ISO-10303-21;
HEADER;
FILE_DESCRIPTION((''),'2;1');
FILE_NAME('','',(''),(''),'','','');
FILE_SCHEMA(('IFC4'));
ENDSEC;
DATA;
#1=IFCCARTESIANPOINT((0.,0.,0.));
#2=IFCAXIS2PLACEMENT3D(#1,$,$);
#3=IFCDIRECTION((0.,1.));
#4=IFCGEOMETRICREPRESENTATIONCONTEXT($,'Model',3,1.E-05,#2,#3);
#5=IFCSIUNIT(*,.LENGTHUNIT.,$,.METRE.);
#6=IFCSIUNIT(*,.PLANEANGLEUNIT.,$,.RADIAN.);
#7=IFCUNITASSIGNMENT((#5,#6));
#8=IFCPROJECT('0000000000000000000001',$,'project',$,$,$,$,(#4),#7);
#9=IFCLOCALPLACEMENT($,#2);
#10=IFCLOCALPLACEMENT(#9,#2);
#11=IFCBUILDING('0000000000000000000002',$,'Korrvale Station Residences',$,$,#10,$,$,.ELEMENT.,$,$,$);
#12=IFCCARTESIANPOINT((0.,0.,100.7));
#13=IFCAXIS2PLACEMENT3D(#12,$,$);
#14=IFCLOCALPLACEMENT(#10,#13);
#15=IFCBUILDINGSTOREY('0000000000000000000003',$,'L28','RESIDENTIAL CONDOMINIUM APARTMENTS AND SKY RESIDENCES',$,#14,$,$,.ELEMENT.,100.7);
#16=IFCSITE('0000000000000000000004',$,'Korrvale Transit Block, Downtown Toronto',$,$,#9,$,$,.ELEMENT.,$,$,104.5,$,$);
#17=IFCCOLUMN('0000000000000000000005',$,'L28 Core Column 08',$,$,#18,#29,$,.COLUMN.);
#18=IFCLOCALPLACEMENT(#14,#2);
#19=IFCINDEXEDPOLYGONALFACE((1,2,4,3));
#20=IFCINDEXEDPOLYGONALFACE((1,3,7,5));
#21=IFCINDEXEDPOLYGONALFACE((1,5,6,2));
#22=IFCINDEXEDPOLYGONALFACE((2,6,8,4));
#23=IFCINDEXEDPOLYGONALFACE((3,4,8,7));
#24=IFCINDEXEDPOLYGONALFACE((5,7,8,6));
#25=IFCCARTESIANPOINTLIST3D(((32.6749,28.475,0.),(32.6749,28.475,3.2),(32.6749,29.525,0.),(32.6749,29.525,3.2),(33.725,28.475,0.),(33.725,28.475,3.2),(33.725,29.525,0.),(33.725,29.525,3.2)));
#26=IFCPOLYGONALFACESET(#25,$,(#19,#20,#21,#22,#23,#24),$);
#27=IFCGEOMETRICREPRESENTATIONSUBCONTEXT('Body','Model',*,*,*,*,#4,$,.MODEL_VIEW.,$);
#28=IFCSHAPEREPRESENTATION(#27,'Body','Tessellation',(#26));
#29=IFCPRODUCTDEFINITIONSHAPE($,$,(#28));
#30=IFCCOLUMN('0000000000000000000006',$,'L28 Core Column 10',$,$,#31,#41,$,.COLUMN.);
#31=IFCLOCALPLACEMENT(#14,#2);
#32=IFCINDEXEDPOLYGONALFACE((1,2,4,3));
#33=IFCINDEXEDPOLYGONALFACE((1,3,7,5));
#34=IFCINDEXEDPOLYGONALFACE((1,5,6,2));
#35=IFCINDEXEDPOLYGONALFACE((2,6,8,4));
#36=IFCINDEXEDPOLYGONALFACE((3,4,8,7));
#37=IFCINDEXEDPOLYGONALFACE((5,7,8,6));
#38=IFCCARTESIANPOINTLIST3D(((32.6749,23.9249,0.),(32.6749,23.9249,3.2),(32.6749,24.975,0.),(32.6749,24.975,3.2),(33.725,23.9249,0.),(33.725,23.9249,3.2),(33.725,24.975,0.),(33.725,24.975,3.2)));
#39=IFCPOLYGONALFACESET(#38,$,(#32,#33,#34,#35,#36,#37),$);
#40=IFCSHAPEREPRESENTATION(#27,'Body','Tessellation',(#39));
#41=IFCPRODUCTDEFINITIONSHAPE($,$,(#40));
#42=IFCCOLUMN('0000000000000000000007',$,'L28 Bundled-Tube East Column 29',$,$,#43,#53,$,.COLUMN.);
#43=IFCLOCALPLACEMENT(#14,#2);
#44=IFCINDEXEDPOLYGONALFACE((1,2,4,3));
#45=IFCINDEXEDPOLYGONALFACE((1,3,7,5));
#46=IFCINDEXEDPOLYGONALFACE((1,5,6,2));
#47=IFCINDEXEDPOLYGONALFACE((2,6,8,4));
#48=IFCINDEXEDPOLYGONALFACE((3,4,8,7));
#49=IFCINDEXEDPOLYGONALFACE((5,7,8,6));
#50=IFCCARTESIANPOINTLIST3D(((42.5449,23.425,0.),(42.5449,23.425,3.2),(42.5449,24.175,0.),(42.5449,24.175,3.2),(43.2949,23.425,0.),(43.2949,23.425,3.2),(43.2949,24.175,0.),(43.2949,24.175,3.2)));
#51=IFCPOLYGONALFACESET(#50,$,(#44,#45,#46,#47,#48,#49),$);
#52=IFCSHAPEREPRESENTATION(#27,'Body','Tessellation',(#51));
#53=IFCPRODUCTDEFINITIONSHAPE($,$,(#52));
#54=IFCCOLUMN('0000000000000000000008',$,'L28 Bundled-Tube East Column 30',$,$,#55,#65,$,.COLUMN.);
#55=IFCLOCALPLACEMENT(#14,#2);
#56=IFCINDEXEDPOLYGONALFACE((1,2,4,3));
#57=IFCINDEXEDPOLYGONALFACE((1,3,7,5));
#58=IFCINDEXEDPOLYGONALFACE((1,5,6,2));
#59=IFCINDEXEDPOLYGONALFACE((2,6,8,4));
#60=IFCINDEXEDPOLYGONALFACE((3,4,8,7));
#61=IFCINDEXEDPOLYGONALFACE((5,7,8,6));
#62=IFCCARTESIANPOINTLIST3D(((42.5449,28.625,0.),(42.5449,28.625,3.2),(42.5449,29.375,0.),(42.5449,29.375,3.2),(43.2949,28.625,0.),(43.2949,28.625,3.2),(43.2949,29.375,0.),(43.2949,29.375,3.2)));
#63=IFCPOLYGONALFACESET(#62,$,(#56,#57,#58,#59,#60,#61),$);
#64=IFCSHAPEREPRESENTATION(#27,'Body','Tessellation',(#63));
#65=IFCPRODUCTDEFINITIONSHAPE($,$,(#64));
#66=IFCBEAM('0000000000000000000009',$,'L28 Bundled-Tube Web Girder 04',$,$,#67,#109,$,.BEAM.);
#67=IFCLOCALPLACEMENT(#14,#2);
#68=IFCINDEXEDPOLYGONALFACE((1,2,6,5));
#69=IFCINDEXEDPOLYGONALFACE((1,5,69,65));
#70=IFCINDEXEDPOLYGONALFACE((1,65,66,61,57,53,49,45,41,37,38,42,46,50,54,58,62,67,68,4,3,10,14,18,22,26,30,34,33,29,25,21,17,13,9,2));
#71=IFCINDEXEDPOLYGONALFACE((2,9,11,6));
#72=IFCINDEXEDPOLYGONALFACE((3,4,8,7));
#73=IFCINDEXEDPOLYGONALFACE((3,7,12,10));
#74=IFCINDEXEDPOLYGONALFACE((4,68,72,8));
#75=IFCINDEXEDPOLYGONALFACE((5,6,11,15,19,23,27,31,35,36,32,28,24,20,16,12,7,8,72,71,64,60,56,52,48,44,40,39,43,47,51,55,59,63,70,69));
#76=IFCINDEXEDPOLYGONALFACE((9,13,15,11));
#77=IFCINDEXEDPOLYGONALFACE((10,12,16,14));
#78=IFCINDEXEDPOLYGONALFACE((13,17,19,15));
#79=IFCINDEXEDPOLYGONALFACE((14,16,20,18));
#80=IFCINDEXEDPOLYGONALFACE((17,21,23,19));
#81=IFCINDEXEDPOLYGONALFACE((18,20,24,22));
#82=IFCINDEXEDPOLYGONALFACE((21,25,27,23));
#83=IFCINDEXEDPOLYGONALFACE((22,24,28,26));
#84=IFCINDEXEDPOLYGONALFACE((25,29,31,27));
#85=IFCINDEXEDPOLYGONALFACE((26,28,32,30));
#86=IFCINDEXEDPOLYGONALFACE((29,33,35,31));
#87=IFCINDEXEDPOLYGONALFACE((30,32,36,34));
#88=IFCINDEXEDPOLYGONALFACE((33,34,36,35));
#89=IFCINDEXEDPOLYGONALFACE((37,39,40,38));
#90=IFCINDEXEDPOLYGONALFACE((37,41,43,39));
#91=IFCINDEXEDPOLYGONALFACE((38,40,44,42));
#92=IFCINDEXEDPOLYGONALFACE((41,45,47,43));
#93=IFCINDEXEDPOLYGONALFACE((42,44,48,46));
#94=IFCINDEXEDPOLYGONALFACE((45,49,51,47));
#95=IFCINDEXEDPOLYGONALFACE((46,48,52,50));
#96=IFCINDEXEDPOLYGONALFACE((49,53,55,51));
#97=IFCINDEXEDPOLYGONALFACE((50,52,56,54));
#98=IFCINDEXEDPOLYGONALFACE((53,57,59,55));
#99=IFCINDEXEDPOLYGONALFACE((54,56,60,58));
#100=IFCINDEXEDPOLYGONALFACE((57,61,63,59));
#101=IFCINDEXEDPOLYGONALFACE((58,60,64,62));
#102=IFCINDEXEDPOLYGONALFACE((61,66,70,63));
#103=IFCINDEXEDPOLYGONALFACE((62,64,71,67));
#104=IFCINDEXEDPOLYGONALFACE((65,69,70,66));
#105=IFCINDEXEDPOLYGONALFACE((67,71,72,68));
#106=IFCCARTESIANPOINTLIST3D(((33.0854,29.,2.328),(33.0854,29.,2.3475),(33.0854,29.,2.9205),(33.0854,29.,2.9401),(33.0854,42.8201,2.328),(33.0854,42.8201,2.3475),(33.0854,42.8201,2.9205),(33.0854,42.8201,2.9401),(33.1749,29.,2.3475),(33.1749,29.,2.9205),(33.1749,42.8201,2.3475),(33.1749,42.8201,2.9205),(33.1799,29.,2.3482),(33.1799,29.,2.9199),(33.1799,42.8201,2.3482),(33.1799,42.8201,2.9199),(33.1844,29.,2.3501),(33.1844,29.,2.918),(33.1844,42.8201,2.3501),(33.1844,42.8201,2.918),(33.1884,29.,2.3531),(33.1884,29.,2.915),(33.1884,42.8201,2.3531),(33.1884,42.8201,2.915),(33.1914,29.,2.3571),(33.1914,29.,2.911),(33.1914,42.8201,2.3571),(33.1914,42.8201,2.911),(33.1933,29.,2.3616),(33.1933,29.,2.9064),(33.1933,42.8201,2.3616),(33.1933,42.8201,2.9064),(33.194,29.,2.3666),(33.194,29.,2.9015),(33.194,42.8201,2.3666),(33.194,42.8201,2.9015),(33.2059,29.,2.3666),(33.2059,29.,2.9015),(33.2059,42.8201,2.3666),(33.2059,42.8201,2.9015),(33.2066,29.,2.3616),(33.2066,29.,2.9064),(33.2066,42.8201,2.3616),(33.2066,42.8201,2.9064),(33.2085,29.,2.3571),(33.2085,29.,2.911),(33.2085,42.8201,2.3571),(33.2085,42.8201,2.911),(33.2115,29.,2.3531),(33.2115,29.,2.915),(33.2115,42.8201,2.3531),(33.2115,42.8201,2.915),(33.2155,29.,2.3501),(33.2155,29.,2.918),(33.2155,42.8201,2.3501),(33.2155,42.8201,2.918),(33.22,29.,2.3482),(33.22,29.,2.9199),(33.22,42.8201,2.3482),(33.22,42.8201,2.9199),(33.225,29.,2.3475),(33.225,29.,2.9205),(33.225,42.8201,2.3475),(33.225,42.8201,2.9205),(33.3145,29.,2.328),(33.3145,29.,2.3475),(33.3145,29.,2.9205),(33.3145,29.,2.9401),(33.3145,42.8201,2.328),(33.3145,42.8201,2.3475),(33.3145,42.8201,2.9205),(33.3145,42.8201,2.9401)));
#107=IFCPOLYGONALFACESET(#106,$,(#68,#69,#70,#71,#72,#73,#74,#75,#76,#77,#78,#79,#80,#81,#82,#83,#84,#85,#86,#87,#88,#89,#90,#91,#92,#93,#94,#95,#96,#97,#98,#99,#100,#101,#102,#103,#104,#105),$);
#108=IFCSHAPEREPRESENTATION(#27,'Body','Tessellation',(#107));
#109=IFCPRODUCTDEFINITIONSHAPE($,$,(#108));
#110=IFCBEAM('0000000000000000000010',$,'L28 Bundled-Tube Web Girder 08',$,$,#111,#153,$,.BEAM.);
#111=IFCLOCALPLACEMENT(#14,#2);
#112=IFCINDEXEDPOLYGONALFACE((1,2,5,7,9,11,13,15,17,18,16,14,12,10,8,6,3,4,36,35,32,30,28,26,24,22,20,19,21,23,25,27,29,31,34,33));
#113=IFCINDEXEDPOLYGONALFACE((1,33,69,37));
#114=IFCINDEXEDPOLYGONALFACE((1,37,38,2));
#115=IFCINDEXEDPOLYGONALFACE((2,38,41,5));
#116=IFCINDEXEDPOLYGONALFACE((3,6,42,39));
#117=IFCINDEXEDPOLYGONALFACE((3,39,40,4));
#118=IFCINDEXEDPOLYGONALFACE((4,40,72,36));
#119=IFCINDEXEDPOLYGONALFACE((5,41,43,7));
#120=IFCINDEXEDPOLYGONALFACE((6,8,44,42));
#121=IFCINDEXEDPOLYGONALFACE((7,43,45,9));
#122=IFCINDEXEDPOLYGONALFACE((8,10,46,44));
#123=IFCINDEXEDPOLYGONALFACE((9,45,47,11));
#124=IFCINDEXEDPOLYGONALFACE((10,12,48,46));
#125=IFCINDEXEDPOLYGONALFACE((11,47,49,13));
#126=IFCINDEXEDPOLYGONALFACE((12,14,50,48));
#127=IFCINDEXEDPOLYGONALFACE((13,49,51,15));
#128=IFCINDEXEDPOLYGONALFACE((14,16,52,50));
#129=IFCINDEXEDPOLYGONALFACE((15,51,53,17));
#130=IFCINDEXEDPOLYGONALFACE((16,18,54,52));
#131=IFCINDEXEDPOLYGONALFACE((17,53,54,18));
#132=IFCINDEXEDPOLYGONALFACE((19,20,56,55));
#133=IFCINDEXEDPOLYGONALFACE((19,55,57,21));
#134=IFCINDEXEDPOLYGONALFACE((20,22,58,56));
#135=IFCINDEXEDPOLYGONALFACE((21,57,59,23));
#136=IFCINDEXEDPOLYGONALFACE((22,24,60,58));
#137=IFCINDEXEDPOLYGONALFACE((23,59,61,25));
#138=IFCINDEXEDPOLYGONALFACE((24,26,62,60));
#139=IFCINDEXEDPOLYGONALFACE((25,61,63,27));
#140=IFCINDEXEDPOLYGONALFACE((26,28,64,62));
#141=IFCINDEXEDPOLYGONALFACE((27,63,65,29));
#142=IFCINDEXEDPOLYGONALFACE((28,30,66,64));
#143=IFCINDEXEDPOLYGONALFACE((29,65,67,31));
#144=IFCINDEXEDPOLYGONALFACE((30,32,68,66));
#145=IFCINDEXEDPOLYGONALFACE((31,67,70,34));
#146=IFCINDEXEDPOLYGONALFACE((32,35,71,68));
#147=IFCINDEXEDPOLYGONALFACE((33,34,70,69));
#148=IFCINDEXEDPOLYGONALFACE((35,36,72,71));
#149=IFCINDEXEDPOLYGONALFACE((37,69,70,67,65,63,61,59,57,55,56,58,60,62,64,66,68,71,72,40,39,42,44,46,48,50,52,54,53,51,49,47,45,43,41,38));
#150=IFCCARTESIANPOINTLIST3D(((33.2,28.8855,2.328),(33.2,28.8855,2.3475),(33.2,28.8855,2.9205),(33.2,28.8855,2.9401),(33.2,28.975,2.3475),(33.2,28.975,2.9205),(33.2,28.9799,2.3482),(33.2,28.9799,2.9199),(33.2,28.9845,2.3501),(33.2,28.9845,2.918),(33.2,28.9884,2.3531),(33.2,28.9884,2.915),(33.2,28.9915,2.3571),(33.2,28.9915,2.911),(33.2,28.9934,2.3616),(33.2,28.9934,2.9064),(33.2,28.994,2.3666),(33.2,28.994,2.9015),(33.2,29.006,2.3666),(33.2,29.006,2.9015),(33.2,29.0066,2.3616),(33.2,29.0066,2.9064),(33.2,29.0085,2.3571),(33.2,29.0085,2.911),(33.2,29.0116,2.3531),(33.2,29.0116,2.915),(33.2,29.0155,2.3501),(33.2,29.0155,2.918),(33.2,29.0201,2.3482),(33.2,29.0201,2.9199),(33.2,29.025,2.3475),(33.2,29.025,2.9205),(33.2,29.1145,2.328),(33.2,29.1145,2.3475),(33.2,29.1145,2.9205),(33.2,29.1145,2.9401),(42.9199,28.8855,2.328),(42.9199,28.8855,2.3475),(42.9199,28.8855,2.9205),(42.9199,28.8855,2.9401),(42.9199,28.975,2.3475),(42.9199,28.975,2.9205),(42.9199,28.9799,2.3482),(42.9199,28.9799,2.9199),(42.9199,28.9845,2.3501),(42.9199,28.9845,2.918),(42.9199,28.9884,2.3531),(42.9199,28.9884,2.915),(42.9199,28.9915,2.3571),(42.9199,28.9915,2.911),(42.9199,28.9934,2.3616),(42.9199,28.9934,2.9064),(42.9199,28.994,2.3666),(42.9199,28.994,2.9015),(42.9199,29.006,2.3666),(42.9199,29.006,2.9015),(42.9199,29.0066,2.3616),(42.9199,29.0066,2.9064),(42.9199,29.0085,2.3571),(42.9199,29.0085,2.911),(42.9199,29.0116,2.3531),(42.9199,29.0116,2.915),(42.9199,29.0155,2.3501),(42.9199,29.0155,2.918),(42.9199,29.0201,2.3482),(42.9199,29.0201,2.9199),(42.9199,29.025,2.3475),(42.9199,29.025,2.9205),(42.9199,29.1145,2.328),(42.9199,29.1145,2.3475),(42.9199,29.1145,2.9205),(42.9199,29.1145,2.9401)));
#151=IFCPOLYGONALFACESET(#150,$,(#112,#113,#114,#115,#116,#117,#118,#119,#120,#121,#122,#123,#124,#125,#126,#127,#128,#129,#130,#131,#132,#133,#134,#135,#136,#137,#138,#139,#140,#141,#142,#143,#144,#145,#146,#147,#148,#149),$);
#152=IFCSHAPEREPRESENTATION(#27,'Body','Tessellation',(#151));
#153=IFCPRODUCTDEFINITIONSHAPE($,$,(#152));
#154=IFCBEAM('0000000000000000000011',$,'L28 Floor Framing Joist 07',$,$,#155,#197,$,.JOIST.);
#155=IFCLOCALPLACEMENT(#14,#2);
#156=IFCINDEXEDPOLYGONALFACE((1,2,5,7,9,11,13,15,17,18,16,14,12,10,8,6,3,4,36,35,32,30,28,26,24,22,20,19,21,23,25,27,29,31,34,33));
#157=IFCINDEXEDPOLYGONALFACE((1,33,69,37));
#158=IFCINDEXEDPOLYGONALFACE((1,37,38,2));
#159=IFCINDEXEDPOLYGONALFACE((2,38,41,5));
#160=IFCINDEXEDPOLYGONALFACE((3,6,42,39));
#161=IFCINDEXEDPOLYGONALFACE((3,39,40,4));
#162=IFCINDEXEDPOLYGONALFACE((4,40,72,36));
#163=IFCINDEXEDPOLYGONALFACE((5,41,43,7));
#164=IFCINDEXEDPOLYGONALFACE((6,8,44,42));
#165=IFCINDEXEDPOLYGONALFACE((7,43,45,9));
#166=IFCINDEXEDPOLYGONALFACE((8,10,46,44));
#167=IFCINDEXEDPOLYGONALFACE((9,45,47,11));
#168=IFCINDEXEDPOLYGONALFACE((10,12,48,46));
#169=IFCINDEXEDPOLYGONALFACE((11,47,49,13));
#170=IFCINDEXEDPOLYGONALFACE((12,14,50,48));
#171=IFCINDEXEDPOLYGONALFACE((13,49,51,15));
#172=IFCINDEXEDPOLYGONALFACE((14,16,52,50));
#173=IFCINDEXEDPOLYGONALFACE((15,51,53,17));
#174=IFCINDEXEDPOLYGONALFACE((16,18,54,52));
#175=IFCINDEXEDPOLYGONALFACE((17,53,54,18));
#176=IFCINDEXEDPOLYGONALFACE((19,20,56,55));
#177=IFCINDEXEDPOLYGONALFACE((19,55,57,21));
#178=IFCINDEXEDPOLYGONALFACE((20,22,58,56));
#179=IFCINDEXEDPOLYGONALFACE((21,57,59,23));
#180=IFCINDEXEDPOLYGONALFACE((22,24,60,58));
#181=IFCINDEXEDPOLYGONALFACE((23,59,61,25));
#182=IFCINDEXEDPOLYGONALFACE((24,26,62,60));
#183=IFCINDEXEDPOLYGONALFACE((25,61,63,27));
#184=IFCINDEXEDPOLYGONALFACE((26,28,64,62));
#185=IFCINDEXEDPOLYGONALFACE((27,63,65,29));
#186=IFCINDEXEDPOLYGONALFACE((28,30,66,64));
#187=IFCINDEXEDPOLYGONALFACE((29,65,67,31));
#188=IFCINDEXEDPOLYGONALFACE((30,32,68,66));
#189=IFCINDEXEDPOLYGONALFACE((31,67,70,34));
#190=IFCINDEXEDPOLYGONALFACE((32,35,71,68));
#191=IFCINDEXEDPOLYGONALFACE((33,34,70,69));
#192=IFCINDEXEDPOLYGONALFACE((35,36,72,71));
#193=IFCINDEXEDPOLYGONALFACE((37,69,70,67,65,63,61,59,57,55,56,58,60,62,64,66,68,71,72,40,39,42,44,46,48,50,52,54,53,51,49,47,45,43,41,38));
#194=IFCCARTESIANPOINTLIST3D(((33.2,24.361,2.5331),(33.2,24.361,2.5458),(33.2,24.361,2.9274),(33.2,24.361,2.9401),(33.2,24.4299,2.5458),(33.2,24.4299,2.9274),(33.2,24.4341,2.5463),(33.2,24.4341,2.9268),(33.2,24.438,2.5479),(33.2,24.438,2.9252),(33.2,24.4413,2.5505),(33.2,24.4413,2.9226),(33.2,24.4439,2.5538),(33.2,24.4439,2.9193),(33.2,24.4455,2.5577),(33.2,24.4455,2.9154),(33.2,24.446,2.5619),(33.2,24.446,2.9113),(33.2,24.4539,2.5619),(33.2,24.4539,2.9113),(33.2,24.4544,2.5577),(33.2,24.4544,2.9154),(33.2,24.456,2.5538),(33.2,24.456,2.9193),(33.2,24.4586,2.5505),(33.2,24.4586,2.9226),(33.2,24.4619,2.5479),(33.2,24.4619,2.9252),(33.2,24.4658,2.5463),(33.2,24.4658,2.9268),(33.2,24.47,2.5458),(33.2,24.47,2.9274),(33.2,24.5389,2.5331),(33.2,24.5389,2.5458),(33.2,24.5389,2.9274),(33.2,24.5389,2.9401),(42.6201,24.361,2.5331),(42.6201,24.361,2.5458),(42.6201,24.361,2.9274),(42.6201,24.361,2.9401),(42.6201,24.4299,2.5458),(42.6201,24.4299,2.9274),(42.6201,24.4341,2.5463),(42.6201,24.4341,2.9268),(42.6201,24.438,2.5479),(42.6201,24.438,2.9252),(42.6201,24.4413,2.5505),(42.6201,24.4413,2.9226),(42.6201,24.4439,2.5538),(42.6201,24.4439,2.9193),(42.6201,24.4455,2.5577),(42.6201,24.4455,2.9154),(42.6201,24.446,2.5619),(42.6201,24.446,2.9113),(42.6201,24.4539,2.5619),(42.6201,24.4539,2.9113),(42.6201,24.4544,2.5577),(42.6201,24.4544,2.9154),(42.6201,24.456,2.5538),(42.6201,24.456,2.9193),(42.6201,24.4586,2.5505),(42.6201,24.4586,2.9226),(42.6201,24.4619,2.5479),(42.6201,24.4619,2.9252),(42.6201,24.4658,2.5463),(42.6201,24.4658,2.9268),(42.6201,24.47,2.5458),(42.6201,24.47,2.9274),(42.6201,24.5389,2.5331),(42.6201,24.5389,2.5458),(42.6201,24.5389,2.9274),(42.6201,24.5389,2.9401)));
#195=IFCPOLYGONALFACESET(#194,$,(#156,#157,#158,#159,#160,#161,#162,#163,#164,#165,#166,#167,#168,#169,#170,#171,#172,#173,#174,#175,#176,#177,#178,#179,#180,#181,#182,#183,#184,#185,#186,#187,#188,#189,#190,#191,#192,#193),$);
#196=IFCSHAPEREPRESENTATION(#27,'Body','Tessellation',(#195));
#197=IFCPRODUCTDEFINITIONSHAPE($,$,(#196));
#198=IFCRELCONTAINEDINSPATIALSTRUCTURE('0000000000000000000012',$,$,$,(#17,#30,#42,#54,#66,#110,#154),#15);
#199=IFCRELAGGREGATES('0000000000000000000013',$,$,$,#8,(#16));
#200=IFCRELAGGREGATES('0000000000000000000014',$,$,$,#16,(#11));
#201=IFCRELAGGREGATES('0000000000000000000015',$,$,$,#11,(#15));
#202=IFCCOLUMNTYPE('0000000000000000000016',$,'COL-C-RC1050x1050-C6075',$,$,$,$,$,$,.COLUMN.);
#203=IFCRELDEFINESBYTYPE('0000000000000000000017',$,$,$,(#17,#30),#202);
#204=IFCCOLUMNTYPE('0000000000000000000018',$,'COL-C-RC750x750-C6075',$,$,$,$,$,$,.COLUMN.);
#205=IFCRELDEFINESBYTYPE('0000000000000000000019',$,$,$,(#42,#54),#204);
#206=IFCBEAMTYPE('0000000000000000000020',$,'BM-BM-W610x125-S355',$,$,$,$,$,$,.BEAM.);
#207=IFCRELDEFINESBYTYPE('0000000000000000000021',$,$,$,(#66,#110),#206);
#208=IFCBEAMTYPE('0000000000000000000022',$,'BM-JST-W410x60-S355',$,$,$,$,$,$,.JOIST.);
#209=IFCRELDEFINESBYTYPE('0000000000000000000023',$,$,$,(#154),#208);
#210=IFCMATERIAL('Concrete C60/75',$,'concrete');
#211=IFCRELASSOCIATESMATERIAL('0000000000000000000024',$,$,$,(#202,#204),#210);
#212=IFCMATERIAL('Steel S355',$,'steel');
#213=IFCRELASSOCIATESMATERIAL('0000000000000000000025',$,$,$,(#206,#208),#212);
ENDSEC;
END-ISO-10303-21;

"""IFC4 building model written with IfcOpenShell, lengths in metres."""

from ifc_helpers import new_model, si_unit, direction, frame, origin, origin_2d, place, context, subcontext, project, spatial, rectangle, i_section, extrude, material, material_profile, profile_set, type_object, element, save


model = new_model("IFC4")

# Units and contexts
model_context = context("Model", 3, precision=1e-05, world=origin(), true_north=direction((0.0, 1.0)))
body_context = subcontext(model_context, "Body", "Model", "MODEL_VIEW")
ifc_project = project(units=[si_unit("LENGTHUNIT", "METRE"), si_unit("PLANEANGLEUNIT", "RADIAN")], contexts=[model_context])

# Site, building, storey
site_placement = place(None, origin())
site = spatial("IfcSite", under=ifc_project, at=site_placement, Name="Korrvale Transit Block, Downtown Toronto", CompositionType="ELEMENT", RefElevation=104.5)
building_placement = place(site_placement, origin())
building = spatial("IfcBuilding", under=site, at=building_placement, Name="Korrvale Station Residences", CompositionType="ELEMENT")
storey_placement = place(building_placement, frame((0.0, 0.0, 100.7)))
storey = spatial("IfcBuildingStorey", under=building, at=storey_placement, Name="L28", Description="RESIDENTIAL CONDOMINIUM APARTMENTS AND SKY RESIDENCES", CompositionType="ELEMENT", Elevation=100.7)

# Columns
ifc_material_1 = material(Name="Concrete C60/75", Category="concrete")
ifc_material_profile_1 = material_profile(ifc_material_1, rectangle(XDim=1.05, YDim=1.05, at=origin_2d()), Name="RC1050x1050")
ifc_profile_set_1 = profile_set([ifc_material_profile_1], Name="Concrete C60/75")
column_type_1 = type_object("IfcColumnType", Name="COL-C-RC1050x1050-C6075", PredefinedType="COLUMN", material=ifc_profile_set_1)
for number, where, z_axis, x_axis, name in (
    (1, (33.2, 29.0, 0.0), (0.0, 0.0, 1.0), (1.0, 0.0, 0.0), "L28 Core Column 08"),
    (2, (33.2, 24.45, 0.0), (0.0, 0.0, 1.0), (1.0, 0.0, 0.0), "L28 Core Column 10"),
):
    element("IfcColumn", number, at=place(storey_placement, frame(where, z_axis=z_axis, x_axis=x_axis)), inside=storey, type_object=column_type_1, Name=name, PredefinedType="COLUMN", context=body_context, shape_type="SweptSolid", body=[
        extrude(rectangle(XDim=1.05, YDim=1.05, at=origin_2d()), origin(), (0.0, 0.0, 1.0), 3.2),
    ])
ifc_material_profile_2 = material_profile(ifc_material_1, rectangle(XDim=0.75, YDim=0.75, at=origin_2d()), Name="RC750x750")
ifc_profile_set_2 = profile_set([ifc_material_profile_2], Name="Concrete C60/75")
column_type_2 = type_object("IfcColumnType", Name="COL-C-RC750x750-C6075", PredefinedType="COLUMN", material=ifc_profile_set_2)
for number, where, z_axis, x_axis, name in (
    (3, (42.9199, 23.8, 0.0), (0.0, 0.0, 1.0), (1.0, 0.0, 0.0), "L28 Bundled-Tube East Column 29"),
    (4, (42.9199, 29.0, 0.0), (0.0, 0.0, 1.0), (1.0, 0.0, 0.0), "L28 Bundled-Tube East Column 30"),
):
    element("IfcColumn", number, at=place(storey_placement, frame(where, z_axis=z_axis, x_axis=x_axis)), inside=storey, type_object=column_type_2, Name=name, PredefinedType="COLUMN", context=body_context, shape_type="SweptSolid", body=[
        extrude(rectangle(XDim=0.75, YDim=0.75, at=origin_2d()), origin(), (0.0, 0.0, 1.0), 3.2),
    ])

# Beams
ifc_material_2 = material(Name="Steel S355", Category="steel")
ifc_material_profile_3 = material_profile(ifc_material_2, i_section(OverallWidth=0.229, OverallDepth=0.6121, WebThickness=0.012, FlangeThickness=0.0195, FilletRadius=0.019, at=origin_2d()), Name="W610x125")
ifc_profile_set_3 = profile_set([ifc_material_profile_3], Name="Steel S355")
beam_type_1 = type_object("IfcBeamType", Name="BM-BM-W610x125-S355", PredefinedType="BEAM", material=ifc_profile_set_3)
beam_1_placement = place(storey_placement, frame((33.2, 29.0, 2.634), z_axis=(0.0, 1.0, 0.0), x_axis=(-1.0, 0.0, 0.0)))
element("IfcBeam", 5, at=beam_1_placement, inside=storey, type_object=beam_type_1, Name="L28 Bundled-Tube Web Girder 04", PredefinedType="BEAM", context=body_context, shape_type="SweptSolid", body=[
    extrude(i_section(OverallWidth=0.229, OverallDepth=0.6121, WebThickness=0.012, FlangeThickness=0.0195, FilletRadius=0.019, at=origin_2d()), origin(), (0.0, 0.0, 1.0), 13.8201),
])
beam_2_placement = place(storey_placement, frame((33.2, 29.0, 2.634), z_axis=(1.0, 0.0, 0.0), x_axis=(0.0, 1.0, 0.0)))
element("IfcBeam", 6, at=beam_2_placement, inside=storey, type_object=beam_type_1, Name="L28 Bundled-Tube Web Girder 08", PredefinedType="BEAM", context=body_context, shape_type="SweptSolid", body=[
    extrude(i_section(OverallWidth=0.229, OverallDepth=0.6121, WebThickness=0.012, FlangeThickness=0.0195, FilletRadius=0.019, at=origin_2d()), origin(), (0.0, 0.0, 1.0), 9.72),
])
ifc_material_profile_4 = material_profile(ifc_material_2, i_section(OverallWidth=0.178, OverallDepth=0.407, WebThickness=0.0078, FlangeThickness=0.0127, FilletRadius=0.0161, at=origin_2d()), Name="W410x60")
ifc_profile_set_4 = profile_set([ifc_material_profile_4], Name="Steel S355")
beam_type_2 = type_object("IfcBeamType", Name="BM-JST-W410x60-S355", PredefinedType="JOIST", material=ifc_profile_set_4)
beam_3_placement = place(storey_placement, frame((33.2, 24.45, 2.7366), z_axis=(1.0, 0.0, 0.0), x_axis=(0.0, 1.0, 0.0)))
element("IfcBeam", 7, at=beam_3_placement, inside=storey, type_object=beam_type_2, Name="L28 Floor Framing Joist 07", PredefinedType="JOIST", context=body_context, shape_type="SweptSolid", body=[
    extrude(i_section(OverallWidth=0.178, OverallDepth=0.407, WebThickness=0.0078, FlangeThickness=0.0127, FilletRadius=0.0161, at=origin_2d()), origin(), (0.0, 0.0, 1.0), 9.4202),
])

save(model, "model.ifc")
